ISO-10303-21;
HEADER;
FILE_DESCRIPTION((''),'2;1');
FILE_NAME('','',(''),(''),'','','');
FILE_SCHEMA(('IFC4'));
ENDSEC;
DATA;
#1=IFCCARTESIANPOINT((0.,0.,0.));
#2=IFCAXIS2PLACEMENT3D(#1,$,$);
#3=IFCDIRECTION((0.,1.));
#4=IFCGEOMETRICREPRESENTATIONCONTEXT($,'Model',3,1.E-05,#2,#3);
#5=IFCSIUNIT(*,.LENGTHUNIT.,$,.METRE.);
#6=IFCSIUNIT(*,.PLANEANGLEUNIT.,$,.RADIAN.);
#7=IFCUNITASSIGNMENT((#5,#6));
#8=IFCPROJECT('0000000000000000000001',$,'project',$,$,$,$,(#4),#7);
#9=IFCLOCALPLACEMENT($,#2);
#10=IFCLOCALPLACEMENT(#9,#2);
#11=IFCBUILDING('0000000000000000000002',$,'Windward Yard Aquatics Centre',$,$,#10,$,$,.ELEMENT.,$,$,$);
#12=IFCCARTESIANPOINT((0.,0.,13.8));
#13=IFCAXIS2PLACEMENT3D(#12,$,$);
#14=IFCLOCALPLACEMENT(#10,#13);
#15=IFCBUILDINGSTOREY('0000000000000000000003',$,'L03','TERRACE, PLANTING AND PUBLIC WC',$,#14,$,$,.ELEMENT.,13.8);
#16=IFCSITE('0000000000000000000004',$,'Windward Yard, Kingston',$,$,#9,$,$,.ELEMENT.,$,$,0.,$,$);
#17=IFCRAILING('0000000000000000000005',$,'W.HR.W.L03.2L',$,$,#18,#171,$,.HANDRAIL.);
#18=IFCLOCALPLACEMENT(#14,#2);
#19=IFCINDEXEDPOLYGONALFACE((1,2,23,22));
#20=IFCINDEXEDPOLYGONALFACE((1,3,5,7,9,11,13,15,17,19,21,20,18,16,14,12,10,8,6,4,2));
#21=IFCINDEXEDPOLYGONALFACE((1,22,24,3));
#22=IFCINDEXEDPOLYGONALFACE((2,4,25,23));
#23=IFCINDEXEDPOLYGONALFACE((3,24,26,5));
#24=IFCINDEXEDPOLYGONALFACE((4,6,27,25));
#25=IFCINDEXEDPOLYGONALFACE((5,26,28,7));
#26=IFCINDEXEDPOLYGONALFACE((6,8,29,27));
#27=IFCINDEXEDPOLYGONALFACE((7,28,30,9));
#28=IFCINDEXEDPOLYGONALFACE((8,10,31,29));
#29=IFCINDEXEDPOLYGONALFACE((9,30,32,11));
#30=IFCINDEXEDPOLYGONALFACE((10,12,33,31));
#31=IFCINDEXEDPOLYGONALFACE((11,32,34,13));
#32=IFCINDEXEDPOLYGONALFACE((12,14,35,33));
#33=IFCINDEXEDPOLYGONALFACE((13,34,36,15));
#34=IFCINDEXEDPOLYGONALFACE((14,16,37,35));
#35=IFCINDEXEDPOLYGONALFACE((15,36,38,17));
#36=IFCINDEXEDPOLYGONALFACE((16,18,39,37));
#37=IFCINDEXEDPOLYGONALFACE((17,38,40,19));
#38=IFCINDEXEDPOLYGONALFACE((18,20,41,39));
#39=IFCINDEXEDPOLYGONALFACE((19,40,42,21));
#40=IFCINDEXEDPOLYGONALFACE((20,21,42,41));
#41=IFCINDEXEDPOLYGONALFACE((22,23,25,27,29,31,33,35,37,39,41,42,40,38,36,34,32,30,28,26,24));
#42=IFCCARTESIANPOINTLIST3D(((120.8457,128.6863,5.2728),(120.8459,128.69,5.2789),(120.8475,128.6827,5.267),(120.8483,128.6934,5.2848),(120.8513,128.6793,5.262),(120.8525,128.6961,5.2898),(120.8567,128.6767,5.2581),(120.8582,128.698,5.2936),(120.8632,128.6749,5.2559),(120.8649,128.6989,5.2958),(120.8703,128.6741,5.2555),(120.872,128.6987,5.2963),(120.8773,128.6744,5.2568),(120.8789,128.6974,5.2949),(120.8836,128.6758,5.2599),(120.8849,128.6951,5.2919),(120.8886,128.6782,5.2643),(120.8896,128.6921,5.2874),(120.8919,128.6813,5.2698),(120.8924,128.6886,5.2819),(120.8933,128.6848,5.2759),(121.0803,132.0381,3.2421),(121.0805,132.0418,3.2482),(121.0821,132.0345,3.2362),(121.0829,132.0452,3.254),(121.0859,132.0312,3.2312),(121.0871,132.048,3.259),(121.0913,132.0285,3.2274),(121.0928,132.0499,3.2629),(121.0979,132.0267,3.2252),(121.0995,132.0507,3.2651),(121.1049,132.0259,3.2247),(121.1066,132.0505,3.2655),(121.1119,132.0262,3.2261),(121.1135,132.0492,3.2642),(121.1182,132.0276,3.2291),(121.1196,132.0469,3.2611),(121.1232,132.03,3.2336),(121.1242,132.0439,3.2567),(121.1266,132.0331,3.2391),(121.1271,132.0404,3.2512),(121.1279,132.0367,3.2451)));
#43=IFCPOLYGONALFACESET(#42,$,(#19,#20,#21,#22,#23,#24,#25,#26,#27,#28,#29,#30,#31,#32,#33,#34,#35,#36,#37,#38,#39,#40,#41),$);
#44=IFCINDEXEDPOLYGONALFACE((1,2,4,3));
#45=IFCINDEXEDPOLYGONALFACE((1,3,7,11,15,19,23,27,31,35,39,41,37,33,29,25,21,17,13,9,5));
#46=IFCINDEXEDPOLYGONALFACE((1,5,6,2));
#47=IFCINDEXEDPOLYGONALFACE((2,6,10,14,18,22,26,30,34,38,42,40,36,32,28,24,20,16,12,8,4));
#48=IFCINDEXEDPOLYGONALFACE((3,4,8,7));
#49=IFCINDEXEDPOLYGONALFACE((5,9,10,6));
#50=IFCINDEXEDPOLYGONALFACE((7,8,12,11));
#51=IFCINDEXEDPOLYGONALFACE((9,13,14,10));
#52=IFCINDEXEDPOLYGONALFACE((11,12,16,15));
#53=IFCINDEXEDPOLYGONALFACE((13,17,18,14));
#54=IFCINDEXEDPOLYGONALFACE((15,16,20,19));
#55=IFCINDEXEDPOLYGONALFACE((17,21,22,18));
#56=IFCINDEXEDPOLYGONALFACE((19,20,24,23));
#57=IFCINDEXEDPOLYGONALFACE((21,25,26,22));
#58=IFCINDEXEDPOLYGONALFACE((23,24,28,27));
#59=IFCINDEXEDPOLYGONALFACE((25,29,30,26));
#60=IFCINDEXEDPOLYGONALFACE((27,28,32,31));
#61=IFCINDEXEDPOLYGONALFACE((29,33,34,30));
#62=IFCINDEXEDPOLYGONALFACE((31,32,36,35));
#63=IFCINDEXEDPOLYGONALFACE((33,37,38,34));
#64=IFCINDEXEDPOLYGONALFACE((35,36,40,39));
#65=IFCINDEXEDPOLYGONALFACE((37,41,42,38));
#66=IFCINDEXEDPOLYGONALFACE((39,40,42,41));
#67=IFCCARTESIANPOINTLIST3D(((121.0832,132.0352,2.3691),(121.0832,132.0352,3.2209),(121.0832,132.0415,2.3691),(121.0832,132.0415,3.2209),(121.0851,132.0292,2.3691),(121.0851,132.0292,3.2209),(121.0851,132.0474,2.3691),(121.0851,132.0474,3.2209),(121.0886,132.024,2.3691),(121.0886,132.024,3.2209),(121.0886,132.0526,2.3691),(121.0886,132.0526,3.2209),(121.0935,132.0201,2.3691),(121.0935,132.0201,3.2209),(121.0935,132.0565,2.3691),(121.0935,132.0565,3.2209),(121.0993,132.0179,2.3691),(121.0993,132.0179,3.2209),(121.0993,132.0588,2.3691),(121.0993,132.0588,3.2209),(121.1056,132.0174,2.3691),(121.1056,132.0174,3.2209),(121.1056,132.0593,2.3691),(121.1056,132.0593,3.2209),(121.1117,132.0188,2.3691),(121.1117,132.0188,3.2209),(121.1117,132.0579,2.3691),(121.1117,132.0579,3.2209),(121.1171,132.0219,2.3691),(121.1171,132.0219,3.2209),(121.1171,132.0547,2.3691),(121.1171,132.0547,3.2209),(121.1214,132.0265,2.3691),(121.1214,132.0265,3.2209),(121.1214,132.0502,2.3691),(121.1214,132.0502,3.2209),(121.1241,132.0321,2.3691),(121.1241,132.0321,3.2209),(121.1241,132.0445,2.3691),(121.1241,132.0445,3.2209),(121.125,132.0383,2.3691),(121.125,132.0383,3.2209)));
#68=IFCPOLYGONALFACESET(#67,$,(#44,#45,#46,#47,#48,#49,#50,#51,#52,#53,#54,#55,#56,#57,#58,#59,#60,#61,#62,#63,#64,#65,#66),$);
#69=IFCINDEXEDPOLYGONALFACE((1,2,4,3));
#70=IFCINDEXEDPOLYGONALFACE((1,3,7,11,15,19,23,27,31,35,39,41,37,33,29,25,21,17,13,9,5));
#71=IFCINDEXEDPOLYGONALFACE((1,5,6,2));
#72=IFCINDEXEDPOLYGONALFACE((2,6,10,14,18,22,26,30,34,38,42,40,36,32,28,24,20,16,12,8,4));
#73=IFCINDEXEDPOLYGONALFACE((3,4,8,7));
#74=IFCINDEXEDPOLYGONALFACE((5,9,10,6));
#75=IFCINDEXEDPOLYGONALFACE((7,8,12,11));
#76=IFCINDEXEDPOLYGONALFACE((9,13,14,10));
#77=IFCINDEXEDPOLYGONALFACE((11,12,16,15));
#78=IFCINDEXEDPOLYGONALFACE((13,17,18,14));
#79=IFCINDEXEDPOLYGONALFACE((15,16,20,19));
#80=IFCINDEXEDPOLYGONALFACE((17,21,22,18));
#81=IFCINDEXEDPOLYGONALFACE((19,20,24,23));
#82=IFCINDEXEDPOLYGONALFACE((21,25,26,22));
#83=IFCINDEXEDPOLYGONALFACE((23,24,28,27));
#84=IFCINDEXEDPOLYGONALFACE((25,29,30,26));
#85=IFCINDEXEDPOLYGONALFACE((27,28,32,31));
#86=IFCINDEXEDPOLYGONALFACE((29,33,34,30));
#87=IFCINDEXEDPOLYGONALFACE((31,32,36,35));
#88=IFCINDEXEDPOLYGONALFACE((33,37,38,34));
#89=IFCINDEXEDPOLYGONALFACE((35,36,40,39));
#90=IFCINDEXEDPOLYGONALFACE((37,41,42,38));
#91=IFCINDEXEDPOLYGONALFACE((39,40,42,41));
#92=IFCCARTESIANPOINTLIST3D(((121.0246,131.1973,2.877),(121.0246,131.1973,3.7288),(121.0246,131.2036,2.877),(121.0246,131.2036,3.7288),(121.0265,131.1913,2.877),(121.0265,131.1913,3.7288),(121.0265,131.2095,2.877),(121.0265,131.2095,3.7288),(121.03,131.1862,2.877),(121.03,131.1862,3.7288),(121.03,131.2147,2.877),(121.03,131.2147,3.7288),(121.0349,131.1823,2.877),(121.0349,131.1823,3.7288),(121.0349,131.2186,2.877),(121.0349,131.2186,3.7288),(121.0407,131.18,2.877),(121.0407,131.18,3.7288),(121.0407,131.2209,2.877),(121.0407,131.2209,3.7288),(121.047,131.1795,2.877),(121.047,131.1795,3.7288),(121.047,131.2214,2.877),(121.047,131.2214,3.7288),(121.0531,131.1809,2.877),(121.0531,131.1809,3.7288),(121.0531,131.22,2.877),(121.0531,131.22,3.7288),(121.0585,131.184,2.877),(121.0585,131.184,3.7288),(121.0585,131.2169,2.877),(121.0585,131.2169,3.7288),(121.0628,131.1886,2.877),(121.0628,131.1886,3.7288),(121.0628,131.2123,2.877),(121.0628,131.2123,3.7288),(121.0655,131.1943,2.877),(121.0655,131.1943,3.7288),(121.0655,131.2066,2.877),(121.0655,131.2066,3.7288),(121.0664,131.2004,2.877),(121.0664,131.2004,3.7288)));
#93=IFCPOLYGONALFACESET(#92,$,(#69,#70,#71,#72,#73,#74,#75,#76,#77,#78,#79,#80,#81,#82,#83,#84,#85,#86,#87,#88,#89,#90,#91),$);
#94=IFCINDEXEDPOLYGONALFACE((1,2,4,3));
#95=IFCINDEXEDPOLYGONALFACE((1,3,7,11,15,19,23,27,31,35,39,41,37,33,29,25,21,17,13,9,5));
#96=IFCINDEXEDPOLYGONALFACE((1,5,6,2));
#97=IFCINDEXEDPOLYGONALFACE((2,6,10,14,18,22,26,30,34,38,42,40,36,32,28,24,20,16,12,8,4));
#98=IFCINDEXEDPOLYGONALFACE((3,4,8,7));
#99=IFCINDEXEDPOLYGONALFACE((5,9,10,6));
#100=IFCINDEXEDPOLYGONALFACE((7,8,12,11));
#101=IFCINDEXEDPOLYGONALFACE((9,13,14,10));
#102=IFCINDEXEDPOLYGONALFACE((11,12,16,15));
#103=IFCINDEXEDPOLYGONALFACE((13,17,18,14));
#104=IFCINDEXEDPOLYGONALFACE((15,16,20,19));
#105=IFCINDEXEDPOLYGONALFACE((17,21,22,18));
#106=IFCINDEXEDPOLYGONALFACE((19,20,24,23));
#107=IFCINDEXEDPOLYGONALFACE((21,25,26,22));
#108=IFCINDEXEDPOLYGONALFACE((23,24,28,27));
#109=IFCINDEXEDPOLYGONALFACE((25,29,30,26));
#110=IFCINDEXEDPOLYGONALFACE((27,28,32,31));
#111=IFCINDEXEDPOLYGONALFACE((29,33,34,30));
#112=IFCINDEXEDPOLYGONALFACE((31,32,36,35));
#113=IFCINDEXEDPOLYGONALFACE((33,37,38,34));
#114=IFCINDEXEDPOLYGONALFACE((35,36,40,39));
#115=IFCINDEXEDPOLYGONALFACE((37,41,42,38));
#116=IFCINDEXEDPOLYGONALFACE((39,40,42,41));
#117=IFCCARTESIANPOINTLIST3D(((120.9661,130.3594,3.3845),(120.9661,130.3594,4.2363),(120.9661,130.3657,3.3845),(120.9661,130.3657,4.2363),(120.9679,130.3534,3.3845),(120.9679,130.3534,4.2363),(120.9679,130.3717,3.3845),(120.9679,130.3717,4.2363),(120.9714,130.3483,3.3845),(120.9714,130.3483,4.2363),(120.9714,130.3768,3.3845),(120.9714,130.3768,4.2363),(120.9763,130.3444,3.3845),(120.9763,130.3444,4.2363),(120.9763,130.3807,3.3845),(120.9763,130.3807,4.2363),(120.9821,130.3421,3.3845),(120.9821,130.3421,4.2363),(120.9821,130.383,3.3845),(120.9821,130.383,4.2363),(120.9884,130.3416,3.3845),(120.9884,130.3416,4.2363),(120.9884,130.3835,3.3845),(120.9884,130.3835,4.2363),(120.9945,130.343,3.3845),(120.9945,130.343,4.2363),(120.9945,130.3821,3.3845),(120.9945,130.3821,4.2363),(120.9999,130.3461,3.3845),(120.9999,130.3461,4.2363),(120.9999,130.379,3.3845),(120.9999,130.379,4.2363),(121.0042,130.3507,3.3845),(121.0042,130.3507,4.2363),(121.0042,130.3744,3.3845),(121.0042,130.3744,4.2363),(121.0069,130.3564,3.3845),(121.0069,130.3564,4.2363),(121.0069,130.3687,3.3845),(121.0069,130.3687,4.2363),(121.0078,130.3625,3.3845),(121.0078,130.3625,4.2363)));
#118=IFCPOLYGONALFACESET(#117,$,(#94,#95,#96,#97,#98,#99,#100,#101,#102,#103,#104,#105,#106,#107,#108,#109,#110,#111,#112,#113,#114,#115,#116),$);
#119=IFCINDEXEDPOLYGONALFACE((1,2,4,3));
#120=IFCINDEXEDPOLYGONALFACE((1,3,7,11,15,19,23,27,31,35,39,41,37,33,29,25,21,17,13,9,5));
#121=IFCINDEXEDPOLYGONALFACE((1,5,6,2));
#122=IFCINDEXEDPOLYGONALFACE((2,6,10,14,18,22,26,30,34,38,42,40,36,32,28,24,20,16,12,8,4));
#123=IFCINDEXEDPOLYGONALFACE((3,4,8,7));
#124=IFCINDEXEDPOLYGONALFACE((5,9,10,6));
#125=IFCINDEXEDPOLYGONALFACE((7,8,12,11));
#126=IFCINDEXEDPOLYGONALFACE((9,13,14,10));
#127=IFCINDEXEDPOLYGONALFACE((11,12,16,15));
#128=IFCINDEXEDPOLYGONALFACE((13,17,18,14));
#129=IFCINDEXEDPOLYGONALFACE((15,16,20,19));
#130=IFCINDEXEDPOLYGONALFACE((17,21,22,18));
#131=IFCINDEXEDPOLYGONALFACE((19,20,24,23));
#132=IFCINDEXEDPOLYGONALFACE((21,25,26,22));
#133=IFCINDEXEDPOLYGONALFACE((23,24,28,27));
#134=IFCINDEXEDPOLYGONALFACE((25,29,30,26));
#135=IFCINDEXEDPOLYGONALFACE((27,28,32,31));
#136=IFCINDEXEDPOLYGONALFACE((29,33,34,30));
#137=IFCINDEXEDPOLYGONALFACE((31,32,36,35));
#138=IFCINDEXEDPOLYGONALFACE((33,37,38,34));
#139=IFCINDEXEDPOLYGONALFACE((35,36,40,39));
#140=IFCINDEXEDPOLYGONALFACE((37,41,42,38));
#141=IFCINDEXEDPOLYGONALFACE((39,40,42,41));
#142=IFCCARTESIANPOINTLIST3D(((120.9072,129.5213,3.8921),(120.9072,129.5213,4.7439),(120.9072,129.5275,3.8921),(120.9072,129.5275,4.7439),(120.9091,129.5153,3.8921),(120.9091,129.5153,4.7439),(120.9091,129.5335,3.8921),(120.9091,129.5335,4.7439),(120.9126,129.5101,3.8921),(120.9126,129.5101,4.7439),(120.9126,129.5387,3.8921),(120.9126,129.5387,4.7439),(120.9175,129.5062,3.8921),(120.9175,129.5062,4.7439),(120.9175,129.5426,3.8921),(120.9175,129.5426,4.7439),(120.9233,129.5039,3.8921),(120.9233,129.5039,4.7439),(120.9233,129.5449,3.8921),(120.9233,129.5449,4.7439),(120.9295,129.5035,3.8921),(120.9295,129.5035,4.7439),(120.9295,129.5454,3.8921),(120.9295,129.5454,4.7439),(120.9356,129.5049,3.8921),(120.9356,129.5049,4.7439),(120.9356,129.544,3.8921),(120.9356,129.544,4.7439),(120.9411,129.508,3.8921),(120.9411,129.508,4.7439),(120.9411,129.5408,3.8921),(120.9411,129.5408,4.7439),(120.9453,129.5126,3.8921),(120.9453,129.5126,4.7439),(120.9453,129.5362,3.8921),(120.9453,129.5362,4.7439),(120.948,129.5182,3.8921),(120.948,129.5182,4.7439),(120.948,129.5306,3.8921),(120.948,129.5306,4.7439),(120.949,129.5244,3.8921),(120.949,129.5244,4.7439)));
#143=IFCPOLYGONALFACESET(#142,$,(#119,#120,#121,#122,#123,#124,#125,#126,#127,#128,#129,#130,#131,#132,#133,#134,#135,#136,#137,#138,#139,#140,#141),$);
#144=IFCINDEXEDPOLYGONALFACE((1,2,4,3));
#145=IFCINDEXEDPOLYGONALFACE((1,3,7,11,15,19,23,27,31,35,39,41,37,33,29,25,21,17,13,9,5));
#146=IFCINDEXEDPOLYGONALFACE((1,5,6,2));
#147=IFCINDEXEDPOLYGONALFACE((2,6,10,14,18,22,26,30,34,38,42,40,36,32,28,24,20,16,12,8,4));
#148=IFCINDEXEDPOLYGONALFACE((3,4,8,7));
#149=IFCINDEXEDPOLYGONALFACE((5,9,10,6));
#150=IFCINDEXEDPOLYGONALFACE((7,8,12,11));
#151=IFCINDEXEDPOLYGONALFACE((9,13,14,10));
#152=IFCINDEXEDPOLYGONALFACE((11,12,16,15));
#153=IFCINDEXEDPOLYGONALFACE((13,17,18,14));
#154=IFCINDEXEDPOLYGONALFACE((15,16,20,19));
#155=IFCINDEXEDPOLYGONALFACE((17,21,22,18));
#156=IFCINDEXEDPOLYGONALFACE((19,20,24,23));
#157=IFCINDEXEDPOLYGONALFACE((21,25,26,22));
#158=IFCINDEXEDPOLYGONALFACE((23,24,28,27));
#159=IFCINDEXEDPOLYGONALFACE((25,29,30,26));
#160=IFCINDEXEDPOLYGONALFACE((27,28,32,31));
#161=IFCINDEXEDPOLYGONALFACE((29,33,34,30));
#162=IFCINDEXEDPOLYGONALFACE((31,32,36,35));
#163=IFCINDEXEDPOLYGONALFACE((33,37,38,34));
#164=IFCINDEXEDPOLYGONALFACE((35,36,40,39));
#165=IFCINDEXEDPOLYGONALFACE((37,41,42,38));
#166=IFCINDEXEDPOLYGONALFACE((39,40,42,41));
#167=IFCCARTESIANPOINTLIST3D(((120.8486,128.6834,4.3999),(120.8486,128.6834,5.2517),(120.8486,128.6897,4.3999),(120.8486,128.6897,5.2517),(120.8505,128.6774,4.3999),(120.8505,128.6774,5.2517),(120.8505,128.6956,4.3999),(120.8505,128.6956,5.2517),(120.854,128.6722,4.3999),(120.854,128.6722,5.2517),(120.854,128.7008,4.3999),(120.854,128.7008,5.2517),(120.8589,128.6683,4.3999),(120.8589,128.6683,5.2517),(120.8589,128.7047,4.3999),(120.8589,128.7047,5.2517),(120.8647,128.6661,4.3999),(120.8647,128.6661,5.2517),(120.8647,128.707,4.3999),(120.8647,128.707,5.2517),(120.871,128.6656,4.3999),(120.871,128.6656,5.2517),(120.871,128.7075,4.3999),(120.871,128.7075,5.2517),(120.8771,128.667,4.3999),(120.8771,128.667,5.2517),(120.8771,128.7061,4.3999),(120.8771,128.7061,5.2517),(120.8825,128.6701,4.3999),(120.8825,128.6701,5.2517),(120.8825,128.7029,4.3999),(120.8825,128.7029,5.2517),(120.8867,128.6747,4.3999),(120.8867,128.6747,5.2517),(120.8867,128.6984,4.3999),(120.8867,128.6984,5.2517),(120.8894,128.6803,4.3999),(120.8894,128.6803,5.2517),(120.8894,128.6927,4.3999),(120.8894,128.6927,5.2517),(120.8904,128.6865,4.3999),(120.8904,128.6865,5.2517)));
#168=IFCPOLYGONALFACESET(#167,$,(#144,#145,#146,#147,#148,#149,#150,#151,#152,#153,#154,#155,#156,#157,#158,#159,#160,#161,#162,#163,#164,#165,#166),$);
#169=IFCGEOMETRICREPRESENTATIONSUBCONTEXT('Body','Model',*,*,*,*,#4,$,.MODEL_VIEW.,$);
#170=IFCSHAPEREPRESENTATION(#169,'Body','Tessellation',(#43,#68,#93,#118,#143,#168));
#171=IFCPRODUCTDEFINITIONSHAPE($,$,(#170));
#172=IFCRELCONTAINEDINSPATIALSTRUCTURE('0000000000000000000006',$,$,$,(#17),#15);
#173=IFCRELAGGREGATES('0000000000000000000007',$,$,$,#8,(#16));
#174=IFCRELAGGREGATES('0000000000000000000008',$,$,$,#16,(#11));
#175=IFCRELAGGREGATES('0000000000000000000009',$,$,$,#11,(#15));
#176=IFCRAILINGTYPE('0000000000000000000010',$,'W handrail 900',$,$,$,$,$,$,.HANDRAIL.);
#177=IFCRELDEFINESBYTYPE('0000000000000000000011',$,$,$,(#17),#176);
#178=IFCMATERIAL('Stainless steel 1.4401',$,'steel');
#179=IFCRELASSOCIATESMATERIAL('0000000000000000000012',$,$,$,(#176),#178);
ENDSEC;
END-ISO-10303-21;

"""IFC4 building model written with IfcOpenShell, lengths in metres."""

from ifc_helpers import new_model, si_unit, direction, frame, origin, origin_2d, place, context, subcontext, project, spatial, circle, extrude, material, type_object, element, save


model = new_model("IFC4")

# Units and contexts
model_context = context("Model", 3, precision=1e-05, world=origin(), true_north=direction((0.0, 1.0)))
body_context = subcontext(model_context, "Body", "Model", "MODEL_VIEW")
ifc_project = project(units=[si_unit("LENGTHUNIT", "METRE"), si_unit("PLANEANGLEUNIT", "RADIAN")], contexts=[model_context])

# Site, building, storey
site_placement = place(None, origin())
site = spatial("IfcSite", under=ifc_project, at=site_placement, Name="Windward Yard, Kingston", CompositionType="ELEMENT", RefElevation=0.0)
building_placement = place(site_placement, origin())
building = spatial("IfcBuilding", under=site, at=building_placement, Name="Windward Yard Aquatics Centre", CompositionType="ELEMENT")
storey_placement = place(building_placement, frame((0.0, 0.0, 13.8)))
storey = spatial("IfcBuildingStorey", under=building, at=storey_placement, Name="L03", Description="TERRACE, PLANTING AND PUBLIC WC", CompositionType="ELEMENT", Elevation=13.8)

# Railing
ifc_material_1 = material(Name="Stainless steel 1.4401", Category="steel")
railing_type_1 = type_object("IfcRailingType", Name="W handrail 900", PredefinedType="HANDRAIL", material=ifc_material_1)
railing_1_placement = place(storey_placement, frame((121.104, 132.0383, 2.3691)))
element("IfcRailing", 1, at=railing_1_placement, inside=storey, type_object=railing_type_1, Name="W.HR.W.L03.2L", PredefinedType="HANDRAIL", context=body_context, shape_type="SweptSolid", body=[
    extrude(circle(Radius=0.0239, at=origin_2d()), frame((0.0, 0.0, 0.876), z_axis=(-0.05976, -0.853741, 0.517257), x_axis=(0.997559, -0.069827, 0.0)), (0.0, 0.0, 1.0), 3.926),
    extrude(circle(Radius=0.021, at=origin_2d()), origin(), (0.0, 0.0, 1.0), 0.8518),
    extrude(circle(Radius=0.021, at=origin_2d()), frame((-0.0586, -0.8379, 0.5078)), (0.0, 0.0, 1.0), 0.8518),
    extrude(circle(Radius=0.021, at=origin_2d()), frame((-0.1172, -1.6758, 1.0154)), (0.0, 0.0, 1.0), 0.8518),
    extrude(circle(Radius=0.021, at=origin_2d()), frame((-0.176, -2.5139, 1.5229)), (0.0, 0.0, 1.0), 0.8518),
    extrude(circle(Radius=0.021, at=origin_2d()), frame((-0.2346, -3.3518, 2.0308)), (0.0, 0.0, 1.0), 0.8518),
])

save(model, "model.ifc")
